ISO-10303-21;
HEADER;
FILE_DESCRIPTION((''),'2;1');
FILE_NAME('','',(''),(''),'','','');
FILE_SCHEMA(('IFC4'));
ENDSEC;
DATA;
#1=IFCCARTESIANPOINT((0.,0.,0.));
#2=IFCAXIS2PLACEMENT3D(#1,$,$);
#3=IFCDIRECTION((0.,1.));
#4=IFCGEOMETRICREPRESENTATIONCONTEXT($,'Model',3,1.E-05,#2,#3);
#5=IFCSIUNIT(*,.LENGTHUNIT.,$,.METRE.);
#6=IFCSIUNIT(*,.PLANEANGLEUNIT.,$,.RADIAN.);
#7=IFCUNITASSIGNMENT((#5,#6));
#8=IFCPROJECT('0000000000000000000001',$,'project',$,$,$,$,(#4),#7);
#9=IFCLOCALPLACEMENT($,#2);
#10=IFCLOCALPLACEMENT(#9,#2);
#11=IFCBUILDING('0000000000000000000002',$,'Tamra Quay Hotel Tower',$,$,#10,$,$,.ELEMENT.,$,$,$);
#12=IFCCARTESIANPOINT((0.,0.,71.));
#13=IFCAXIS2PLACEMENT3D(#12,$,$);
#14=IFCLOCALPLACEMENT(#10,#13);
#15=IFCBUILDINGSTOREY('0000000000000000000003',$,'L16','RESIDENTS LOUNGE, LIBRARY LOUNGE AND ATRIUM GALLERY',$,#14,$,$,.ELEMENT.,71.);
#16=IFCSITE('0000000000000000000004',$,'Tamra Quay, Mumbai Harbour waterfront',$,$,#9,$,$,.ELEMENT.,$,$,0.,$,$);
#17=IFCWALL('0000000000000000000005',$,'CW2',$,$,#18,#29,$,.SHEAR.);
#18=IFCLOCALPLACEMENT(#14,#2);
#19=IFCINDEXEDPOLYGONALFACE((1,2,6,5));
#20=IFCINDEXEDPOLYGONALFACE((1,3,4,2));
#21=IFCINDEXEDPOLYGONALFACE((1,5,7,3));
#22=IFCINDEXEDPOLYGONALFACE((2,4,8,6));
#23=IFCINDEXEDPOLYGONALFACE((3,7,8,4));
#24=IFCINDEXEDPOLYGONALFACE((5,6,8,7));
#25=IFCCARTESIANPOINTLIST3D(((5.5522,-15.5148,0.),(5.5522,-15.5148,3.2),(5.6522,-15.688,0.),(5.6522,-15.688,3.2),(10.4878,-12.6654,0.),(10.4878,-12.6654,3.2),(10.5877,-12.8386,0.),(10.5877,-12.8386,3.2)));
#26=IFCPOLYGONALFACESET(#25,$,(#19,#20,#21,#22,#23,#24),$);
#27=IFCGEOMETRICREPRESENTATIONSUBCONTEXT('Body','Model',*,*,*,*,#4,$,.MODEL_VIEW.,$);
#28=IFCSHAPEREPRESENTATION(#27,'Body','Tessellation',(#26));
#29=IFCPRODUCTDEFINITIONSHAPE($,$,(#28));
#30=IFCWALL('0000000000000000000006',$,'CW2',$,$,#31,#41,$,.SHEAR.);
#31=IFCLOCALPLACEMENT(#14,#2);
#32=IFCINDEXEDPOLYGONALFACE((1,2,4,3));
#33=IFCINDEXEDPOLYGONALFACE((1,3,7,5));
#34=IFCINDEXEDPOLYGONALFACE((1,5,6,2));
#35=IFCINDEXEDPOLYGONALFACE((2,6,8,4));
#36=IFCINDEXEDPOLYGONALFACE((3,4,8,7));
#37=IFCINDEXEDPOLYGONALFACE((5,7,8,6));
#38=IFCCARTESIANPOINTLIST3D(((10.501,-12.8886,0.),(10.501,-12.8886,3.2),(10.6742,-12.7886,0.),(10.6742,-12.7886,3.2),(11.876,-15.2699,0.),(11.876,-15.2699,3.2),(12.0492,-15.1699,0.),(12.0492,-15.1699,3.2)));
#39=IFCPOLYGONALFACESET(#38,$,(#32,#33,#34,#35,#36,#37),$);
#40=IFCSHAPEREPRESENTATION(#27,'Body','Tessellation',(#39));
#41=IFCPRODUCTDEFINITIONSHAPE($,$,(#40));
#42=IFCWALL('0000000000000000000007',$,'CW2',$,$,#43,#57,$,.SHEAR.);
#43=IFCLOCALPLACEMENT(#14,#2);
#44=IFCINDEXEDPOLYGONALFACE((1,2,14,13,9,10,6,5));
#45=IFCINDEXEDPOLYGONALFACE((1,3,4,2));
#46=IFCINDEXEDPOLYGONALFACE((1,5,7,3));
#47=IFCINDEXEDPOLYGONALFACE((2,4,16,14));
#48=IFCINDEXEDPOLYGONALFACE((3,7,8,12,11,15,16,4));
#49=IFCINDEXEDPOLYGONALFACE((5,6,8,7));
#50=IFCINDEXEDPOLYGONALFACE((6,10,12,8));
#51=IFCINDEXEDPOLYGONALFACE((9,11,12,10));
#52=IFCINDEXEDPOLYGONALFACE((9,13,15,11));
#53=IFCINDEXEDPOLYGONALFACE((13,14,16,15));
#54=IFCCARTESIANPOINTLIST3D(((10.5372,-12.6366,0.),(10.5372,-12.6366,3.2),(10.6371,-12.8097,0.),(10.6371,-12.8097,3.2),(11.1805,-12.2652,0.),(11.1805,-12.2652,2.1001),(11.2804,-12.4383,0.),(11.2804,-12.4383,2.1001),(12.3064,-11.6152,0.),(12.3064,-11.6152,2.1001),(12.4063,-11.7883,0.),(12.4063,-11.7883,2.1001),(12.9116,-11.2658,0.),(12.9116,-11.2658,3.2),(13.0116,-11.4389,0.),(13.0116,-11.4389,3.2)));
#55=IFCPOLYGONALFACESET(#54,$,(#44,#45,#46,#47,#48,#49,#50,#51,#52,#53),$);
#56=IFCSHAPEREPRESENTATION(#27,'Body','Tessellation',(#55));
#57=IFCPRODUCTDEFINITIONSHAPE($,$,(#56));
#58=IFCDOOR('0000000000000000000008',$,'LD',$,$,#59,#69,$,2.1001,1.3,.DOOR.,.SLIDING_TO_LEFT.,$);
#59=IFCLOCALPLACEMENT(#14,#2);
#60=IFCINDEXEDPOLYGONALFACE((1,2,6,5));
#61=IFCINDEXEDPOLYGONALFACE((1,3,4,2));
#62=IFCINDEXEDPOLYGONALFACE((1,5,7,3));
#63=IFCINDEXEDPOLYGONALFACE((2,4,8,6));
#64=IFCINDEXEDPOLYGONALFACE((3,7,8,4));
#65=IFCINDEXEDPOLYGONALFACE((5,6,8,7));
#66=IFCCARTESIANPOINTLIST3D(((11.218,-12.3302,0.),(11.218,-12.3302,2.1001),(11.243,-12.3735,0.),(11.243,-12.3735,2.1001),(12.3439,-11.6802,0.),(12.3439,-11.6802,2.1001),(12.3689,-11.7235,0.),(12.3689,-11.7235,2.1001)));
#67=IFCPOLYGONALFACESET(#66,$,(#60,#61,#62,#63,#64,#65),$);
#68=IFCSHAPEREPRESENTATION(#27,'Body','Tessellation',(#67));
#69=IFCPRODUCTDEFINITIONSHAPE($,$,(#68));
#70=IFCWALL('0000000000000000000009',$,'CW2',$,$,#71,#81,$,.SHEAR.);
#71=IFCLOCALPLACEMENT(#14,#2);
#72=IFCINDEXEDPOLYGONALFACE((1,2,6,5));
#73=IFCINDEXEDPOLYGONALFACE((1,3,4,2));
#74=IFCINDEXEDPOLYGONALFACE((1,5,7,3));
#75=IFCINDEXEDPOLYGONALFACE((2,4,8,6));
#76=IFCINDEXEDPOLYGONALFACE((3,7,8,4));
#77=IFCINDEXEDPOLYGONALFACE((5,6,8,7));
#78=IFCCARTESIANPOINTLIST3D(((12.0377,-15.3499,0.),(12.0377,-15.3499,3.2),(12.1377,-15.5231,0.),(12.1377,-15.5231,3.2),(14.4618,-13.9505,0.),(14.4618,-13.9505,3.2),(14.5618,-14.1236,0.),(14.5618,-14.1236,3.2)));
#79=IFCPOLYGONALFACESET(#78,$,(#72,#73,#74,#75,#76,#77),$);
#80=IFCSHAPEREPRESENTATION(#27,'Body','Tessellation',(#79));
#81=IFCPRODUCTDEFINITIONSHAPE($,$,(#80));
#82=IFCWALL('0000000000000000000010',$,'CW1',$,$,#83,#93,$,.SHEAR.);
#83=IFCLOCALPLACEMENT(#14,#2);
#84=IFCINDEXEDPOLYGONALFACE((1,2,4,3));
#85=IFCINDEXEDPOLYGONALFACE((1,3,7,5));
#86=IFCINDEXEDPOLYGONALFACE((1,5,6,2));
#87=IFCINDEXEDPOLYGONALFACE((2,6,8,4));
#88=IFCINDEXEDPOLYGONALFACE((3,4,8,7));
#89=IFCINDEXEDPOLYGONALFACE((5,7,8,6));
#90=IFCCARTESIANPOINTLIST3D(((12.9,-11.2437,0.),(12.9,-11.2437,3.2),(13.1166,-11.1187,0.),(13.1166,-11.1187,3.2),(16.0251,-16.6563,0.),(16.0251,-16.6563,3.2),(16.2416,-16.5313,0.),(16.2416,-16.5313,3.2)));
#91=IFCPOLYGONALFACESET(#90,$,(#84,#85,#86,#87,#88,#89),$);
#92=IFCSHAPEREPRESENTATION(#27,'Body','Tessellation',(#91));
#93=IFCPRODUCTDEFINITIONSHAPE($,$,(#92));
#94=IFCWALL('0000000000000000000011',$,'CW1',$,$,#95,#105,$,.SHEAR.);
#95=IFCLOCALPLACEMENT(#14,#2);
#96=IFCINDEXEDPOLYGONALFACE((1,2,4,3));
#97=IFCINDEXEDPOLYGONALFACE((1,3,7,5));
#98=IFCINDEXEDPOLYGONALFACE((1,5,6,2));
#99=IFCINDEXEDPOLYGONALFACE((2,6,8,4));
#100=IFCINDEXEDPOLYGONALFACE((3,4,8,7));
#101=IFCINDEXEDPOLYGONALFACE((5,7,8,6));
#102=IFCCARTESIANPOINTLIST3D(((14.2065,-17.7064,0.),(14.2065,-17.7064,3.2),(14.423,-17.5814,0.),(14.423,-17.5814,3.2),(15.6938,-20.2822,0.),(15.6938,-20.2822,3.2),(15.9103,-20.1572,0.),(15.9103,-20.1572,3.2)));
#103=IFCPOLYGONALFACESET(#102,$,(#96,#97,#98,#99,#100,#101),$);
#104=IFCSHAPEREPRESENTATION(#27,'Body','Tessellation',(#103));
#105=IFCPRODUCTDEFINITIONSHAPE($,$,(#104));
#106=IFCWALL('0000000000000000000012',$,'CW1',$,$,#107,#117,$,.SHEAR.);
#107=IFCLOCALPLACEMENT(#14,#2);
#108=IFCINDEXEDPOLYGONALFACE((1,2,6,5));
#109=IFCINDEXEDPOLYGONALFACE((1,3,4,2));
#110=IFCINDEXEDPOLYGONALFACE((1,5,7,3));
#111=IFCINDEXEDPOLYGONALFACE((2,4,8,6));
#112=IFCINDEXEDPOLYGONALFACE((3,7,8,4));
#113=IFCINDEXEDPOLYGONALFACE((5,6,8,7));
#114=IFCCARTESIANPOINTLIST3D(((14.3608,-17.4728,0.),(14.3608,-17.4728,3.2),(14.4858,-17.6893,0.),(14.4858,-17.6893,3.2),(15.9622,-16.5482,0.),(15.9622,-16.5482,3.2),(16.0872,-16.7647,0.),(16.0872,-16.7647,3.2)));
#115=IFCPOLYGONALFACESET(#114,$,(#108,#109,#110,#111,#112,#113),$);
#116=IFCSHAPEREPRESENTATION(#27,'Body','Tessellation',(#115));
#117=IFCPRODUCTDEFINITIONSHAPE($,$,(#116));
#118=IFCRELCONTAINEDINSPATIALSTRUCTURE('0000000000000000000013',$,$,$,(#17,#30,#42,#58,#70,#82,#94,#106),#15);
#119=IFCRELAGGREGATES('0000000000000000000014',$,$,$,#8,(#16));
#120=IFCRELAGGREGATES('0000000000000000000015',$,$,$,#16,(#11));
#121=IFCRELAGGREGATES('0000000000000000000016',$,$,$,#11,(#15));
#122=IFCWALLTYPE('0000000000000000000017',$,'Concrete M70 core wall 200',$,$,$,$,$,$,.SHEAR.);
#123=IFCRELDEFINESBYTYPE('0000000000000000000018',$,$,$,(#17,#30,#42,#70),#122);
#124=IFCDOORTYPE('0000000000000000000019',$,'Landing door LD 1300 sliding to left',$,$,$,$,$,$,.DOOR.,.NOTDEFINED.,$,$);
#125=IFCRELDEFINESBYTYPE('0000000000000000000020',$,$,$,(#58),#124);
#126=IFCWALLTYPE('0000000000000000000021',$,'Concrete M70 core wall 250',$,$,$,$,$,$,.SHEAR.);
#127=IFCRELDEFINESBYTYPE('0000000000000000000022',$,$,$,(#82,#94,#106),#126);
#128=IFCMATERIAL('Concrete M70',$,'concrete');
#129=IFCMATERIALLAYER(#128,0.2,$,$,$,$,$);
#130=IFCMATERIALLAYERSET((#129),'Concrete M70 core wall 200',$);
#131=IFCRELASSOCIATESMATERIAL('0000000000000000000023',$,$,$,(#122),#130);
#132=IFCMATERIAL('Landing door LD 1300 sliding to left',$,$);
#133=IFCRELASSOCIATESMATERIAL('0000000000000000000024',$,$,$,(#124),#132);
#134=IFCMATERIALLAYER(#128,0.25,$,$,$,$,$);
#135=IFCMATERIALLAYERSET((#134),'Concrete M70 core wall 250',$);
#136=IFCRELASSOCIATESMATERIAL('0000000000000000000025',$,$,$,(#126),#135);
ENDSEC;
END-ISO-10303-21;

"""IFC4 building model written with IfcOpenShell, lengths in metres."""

from ifc_helpers import new_model, si_unit, direction, frame, frame_2d, origin, place, context, subcontext, project, spatial, rectangle, extrude, material, layer, layer_set, type_object, element, fill, save


model = new_model("IFC4")

# Units and contexts
model_context = context("Model", 3, precision=1e-05, world=origin(), true_north=direction((0.0, 1.0)))
body_context = subcontext(model_context, "Body", "Model", "MODEL_VIEW")
ifc_project = project(units=[si_unit("LENGTHUNIT", "METRE"), si_unit("PLANEANGLEUNIT", "RADIAN")], contexts=[model_context])

# Site, building, storey
site_placement = place(None, origin())
site = spatial("IfcSite", under=ifc_project, at=site_placement, Name="Tamra Quay, Mumbai Harbour waterfront", CompositionType="ELEMENT", RefElevation=0.0)
building_placement = place(site_placement, origin())
building = spatial("IfcBuilding", under=site, at=building_placement, Name="Tamra Quay Hotel Tower", CompositionType="ELEMENT")
storey_placement = place(building_placement, frame((0.0, 0.0, 71.0)))
storey = spatial("IfcBuildingStorey", under=building, at=storey_placement, Name="L16", Description="RESIDENTS LOUNGE, LIBRARY LOUNGE AND ATRIUM GALLERY", CompositionType="ELEMENT", Elevation=71.0)

# Shared definitions
ifc_material_1 = material(Name="Concrete M70", Category="concrete")

# Walls
ifc_layer_1 = layer(ifc_material_1, 0.2)
ifc_layer_set_1 = layer_set([ifc_layer_1], Name="Concrete M70 core wall 200")
wall_type_1 = type_object("IfcWallType", Name="Concrete M70 core wall 200", PredefinedType="SHEAR", material=ifc_layer_set_1)
wall_1_placement = place(storey_placement, frame((10.5378, -12.752, 0.0), z_axis=(0.0, 0.0, 1.0), x_axis=(-0.866039, -0.499977, 0.0)))
element("IfcWall", 1, at=wall_1_placement, inside=storey, type_object=wall_type_1, Name="CW2", PredefinedType="SHEAR", context=body_context, shape_type="SweptSolid", body=[
    extrude(rectangle(XDim=5.699, YDim=0.2, at=frame_2d((2.8496, 0.0))), origin(), (0.0, 0.0, 1.0), 3.2),
])
wall_2_placement = place(storey_placement, frame((11.9626, -15.22, 0.0), z_axis=(0.0, 0.0, 1.0), x_axis=(-0.500035, 0.866005, 0.0)))
element("IfcWall", 2, at=wall_2_placement, inside=storey, type_object=wall_type_1, Name="CW2", PredefinedType="SHEAR", context=body_context, shape_type="SweptSolid", body=[
    extrude(rectangle(XDim=2.7498, YDim=0.2, at=frame_2d((1.375, 0.0))), origin(), (0.0, 0.0, 1.0), 3.2),
])

# Wall, opening, door
wall_3_placement = place(storey_placement, frame((10.5872, -12.7231, 0.0), z_axis=(0.0, 0.0, 1.0), x_axis=(0.866037, 0.499979, 0.0)))
wall_3 = element("IfcWall", 3, at=wall_3_placement, inside=storey, type_object=wall_type_1, Name="CW2", PredefinedType="SHEAR", context=body_context, shape_type="SweptSolid", body=[
    extrude(rectangle(XDim=2.7417, YDim=0.2, at=frame_2d((1.3708, 0.0))), origin(), (0.0, 0.0, 1.0), 3.2),
])
opening_placement = place(wall_3_placement, frame((0.7429, 0.0, 0.0)))
opening = element("IfcOpeningElement", 4, at=opening_placement, cuts=wall_3, PredefinedType="OPENING", context=body_context, shape_type="SweptSolid", body=[
    extrude(rectangle(XDim=1.3, YDim=2.1001, at=frame_2d((0.6499, 1.05))), frame((0.0, 0.1099, 0.0), z_axis=(0.0, -1.0, 0.0), x_axis=(1.0, 0.0, 0.0)), (0.0, 0.0, 1.0), 0.22),
])
ifc_material_2 = material(Name="Landing door LD 1300 sliding to left")
door_type = type_object("IfcDoorType", Name="Landing door LD 1300 sliding to left", OperationType="NOTDEFINED", PredefinedType="DOOR", material=ifc_material_2)
door_placement = place(opening_placement, origin())
door = element("IfcDoor", 5, at=door_placement, inside=storey, type_object=door_type, Name="LD", OperationType="SLIDING_TO_LEFT", OverallHeight=2.1001, OverallWidth=1.3, PredefinedType="DOOR", context=body_context, shape_type="SweptSolid", body=[
    extrude(rectangle(XDim=1.3, YDim=2.1001, at=frame_2d((0.6499, 1.05))), frame((0.0, 0.0249, 0.0), z_axis=(0.0, -1.0, 0.0), x_axis=(1.0, 0.0, 0.0)), (0.0, 0.0, 1.0), 0.05),
])
fill(opening, door)

# Walls
wall_4_placement = place(storey_placement, frame((14.5117, -14.0371, 0.0), z_axis=(0.0, 0.0, 1.0), x_axis=(-0.866045, -0.499967, 0.0)))
element("IfcWall", 6, at=wall_4_placement, inside=storey, type_object=wall_type_1, Name="CW2", PredefinedType="SHEAR", context=body_context, shape_type="SweptSolid", body=[
    extrude(rectangle(XDim=2.7991, YDim=0.2, at=frame_2d((1.3994, 0.0))), origin(), (0.0, 0.0, 1.0), 3.2),
])
ifc_layer_2 = layer(ifc_material_1, 0.25)
ifc_layer_set_2 = layer_set([ifc_layer_2], Name="Concrete M70 core wall 250")
wall_type_2 = type_object("IfcWallType", Name="Concrete M70 core wall 250", PredefinedType="SHEAR", material=ifc_layer_set_2)
wall_5_placement = place(storey_placement, frame((13.0083, -11.1812, 0.0), z_axis=(0.0, 0.0, 1.0), x_axis=(0.500004, -0.866023, 0.0)))
element("IfcWall", 7, at=wall_5_placement, inside=storey, type_object=wall_type_2, Name="CW1", PredefinedType="SHEAR", context=body_context, shape_type="SweptSolid", body=[
    extrude(rectangle(XDim=6.25, YDim=0.25, at=frame_2d((3.125, 0.0))), origin(), (0.0, 0.0, 1.0), 3.2),
])
wall_6_placement = place(storey_placement, frame((14.3147, -17.6438, 0.0), z_axis=(0.0, 0.0, 1.0), x_axis=(0.500023, -0.866012, 0.0)))
element("IfcWall", 8, at=wall_6_placement, inside=storey, type_object=wall_type_2, Name="CW1", PredefinedType="SHEAR", context=body_context, shape_type="SweptSolid", body=[
    extrude(rectangle(XDim=2.9744, YDim=0.25, at=frame_2d((1.4873, 0.0))), origin(), (0.0, 0.0, 1.0), 3.2),
])
wall_7_placement = place(storey_placement, frame((16.0247, -16.6565, 0.0), z_axis=(0.0, 0.0, 1.0), x_axis=(-0.866016, -0.500016, 0.0)))
element("IfcWall", 9, at=wall_7_placement, inside=storey, type_object=wall_type_2, Name="CW1", PredefinedType="SHEAR", context=body_context, shape_type="SweptSolid", body=[
    extrude(rectangle(XDim=1.8491, YDim=0.25, at=frame_2d((0.9246, 0.0))), origin(), (0.0, 0.0, 1.0), 3.2),
])

save(model, "model.ifc")
